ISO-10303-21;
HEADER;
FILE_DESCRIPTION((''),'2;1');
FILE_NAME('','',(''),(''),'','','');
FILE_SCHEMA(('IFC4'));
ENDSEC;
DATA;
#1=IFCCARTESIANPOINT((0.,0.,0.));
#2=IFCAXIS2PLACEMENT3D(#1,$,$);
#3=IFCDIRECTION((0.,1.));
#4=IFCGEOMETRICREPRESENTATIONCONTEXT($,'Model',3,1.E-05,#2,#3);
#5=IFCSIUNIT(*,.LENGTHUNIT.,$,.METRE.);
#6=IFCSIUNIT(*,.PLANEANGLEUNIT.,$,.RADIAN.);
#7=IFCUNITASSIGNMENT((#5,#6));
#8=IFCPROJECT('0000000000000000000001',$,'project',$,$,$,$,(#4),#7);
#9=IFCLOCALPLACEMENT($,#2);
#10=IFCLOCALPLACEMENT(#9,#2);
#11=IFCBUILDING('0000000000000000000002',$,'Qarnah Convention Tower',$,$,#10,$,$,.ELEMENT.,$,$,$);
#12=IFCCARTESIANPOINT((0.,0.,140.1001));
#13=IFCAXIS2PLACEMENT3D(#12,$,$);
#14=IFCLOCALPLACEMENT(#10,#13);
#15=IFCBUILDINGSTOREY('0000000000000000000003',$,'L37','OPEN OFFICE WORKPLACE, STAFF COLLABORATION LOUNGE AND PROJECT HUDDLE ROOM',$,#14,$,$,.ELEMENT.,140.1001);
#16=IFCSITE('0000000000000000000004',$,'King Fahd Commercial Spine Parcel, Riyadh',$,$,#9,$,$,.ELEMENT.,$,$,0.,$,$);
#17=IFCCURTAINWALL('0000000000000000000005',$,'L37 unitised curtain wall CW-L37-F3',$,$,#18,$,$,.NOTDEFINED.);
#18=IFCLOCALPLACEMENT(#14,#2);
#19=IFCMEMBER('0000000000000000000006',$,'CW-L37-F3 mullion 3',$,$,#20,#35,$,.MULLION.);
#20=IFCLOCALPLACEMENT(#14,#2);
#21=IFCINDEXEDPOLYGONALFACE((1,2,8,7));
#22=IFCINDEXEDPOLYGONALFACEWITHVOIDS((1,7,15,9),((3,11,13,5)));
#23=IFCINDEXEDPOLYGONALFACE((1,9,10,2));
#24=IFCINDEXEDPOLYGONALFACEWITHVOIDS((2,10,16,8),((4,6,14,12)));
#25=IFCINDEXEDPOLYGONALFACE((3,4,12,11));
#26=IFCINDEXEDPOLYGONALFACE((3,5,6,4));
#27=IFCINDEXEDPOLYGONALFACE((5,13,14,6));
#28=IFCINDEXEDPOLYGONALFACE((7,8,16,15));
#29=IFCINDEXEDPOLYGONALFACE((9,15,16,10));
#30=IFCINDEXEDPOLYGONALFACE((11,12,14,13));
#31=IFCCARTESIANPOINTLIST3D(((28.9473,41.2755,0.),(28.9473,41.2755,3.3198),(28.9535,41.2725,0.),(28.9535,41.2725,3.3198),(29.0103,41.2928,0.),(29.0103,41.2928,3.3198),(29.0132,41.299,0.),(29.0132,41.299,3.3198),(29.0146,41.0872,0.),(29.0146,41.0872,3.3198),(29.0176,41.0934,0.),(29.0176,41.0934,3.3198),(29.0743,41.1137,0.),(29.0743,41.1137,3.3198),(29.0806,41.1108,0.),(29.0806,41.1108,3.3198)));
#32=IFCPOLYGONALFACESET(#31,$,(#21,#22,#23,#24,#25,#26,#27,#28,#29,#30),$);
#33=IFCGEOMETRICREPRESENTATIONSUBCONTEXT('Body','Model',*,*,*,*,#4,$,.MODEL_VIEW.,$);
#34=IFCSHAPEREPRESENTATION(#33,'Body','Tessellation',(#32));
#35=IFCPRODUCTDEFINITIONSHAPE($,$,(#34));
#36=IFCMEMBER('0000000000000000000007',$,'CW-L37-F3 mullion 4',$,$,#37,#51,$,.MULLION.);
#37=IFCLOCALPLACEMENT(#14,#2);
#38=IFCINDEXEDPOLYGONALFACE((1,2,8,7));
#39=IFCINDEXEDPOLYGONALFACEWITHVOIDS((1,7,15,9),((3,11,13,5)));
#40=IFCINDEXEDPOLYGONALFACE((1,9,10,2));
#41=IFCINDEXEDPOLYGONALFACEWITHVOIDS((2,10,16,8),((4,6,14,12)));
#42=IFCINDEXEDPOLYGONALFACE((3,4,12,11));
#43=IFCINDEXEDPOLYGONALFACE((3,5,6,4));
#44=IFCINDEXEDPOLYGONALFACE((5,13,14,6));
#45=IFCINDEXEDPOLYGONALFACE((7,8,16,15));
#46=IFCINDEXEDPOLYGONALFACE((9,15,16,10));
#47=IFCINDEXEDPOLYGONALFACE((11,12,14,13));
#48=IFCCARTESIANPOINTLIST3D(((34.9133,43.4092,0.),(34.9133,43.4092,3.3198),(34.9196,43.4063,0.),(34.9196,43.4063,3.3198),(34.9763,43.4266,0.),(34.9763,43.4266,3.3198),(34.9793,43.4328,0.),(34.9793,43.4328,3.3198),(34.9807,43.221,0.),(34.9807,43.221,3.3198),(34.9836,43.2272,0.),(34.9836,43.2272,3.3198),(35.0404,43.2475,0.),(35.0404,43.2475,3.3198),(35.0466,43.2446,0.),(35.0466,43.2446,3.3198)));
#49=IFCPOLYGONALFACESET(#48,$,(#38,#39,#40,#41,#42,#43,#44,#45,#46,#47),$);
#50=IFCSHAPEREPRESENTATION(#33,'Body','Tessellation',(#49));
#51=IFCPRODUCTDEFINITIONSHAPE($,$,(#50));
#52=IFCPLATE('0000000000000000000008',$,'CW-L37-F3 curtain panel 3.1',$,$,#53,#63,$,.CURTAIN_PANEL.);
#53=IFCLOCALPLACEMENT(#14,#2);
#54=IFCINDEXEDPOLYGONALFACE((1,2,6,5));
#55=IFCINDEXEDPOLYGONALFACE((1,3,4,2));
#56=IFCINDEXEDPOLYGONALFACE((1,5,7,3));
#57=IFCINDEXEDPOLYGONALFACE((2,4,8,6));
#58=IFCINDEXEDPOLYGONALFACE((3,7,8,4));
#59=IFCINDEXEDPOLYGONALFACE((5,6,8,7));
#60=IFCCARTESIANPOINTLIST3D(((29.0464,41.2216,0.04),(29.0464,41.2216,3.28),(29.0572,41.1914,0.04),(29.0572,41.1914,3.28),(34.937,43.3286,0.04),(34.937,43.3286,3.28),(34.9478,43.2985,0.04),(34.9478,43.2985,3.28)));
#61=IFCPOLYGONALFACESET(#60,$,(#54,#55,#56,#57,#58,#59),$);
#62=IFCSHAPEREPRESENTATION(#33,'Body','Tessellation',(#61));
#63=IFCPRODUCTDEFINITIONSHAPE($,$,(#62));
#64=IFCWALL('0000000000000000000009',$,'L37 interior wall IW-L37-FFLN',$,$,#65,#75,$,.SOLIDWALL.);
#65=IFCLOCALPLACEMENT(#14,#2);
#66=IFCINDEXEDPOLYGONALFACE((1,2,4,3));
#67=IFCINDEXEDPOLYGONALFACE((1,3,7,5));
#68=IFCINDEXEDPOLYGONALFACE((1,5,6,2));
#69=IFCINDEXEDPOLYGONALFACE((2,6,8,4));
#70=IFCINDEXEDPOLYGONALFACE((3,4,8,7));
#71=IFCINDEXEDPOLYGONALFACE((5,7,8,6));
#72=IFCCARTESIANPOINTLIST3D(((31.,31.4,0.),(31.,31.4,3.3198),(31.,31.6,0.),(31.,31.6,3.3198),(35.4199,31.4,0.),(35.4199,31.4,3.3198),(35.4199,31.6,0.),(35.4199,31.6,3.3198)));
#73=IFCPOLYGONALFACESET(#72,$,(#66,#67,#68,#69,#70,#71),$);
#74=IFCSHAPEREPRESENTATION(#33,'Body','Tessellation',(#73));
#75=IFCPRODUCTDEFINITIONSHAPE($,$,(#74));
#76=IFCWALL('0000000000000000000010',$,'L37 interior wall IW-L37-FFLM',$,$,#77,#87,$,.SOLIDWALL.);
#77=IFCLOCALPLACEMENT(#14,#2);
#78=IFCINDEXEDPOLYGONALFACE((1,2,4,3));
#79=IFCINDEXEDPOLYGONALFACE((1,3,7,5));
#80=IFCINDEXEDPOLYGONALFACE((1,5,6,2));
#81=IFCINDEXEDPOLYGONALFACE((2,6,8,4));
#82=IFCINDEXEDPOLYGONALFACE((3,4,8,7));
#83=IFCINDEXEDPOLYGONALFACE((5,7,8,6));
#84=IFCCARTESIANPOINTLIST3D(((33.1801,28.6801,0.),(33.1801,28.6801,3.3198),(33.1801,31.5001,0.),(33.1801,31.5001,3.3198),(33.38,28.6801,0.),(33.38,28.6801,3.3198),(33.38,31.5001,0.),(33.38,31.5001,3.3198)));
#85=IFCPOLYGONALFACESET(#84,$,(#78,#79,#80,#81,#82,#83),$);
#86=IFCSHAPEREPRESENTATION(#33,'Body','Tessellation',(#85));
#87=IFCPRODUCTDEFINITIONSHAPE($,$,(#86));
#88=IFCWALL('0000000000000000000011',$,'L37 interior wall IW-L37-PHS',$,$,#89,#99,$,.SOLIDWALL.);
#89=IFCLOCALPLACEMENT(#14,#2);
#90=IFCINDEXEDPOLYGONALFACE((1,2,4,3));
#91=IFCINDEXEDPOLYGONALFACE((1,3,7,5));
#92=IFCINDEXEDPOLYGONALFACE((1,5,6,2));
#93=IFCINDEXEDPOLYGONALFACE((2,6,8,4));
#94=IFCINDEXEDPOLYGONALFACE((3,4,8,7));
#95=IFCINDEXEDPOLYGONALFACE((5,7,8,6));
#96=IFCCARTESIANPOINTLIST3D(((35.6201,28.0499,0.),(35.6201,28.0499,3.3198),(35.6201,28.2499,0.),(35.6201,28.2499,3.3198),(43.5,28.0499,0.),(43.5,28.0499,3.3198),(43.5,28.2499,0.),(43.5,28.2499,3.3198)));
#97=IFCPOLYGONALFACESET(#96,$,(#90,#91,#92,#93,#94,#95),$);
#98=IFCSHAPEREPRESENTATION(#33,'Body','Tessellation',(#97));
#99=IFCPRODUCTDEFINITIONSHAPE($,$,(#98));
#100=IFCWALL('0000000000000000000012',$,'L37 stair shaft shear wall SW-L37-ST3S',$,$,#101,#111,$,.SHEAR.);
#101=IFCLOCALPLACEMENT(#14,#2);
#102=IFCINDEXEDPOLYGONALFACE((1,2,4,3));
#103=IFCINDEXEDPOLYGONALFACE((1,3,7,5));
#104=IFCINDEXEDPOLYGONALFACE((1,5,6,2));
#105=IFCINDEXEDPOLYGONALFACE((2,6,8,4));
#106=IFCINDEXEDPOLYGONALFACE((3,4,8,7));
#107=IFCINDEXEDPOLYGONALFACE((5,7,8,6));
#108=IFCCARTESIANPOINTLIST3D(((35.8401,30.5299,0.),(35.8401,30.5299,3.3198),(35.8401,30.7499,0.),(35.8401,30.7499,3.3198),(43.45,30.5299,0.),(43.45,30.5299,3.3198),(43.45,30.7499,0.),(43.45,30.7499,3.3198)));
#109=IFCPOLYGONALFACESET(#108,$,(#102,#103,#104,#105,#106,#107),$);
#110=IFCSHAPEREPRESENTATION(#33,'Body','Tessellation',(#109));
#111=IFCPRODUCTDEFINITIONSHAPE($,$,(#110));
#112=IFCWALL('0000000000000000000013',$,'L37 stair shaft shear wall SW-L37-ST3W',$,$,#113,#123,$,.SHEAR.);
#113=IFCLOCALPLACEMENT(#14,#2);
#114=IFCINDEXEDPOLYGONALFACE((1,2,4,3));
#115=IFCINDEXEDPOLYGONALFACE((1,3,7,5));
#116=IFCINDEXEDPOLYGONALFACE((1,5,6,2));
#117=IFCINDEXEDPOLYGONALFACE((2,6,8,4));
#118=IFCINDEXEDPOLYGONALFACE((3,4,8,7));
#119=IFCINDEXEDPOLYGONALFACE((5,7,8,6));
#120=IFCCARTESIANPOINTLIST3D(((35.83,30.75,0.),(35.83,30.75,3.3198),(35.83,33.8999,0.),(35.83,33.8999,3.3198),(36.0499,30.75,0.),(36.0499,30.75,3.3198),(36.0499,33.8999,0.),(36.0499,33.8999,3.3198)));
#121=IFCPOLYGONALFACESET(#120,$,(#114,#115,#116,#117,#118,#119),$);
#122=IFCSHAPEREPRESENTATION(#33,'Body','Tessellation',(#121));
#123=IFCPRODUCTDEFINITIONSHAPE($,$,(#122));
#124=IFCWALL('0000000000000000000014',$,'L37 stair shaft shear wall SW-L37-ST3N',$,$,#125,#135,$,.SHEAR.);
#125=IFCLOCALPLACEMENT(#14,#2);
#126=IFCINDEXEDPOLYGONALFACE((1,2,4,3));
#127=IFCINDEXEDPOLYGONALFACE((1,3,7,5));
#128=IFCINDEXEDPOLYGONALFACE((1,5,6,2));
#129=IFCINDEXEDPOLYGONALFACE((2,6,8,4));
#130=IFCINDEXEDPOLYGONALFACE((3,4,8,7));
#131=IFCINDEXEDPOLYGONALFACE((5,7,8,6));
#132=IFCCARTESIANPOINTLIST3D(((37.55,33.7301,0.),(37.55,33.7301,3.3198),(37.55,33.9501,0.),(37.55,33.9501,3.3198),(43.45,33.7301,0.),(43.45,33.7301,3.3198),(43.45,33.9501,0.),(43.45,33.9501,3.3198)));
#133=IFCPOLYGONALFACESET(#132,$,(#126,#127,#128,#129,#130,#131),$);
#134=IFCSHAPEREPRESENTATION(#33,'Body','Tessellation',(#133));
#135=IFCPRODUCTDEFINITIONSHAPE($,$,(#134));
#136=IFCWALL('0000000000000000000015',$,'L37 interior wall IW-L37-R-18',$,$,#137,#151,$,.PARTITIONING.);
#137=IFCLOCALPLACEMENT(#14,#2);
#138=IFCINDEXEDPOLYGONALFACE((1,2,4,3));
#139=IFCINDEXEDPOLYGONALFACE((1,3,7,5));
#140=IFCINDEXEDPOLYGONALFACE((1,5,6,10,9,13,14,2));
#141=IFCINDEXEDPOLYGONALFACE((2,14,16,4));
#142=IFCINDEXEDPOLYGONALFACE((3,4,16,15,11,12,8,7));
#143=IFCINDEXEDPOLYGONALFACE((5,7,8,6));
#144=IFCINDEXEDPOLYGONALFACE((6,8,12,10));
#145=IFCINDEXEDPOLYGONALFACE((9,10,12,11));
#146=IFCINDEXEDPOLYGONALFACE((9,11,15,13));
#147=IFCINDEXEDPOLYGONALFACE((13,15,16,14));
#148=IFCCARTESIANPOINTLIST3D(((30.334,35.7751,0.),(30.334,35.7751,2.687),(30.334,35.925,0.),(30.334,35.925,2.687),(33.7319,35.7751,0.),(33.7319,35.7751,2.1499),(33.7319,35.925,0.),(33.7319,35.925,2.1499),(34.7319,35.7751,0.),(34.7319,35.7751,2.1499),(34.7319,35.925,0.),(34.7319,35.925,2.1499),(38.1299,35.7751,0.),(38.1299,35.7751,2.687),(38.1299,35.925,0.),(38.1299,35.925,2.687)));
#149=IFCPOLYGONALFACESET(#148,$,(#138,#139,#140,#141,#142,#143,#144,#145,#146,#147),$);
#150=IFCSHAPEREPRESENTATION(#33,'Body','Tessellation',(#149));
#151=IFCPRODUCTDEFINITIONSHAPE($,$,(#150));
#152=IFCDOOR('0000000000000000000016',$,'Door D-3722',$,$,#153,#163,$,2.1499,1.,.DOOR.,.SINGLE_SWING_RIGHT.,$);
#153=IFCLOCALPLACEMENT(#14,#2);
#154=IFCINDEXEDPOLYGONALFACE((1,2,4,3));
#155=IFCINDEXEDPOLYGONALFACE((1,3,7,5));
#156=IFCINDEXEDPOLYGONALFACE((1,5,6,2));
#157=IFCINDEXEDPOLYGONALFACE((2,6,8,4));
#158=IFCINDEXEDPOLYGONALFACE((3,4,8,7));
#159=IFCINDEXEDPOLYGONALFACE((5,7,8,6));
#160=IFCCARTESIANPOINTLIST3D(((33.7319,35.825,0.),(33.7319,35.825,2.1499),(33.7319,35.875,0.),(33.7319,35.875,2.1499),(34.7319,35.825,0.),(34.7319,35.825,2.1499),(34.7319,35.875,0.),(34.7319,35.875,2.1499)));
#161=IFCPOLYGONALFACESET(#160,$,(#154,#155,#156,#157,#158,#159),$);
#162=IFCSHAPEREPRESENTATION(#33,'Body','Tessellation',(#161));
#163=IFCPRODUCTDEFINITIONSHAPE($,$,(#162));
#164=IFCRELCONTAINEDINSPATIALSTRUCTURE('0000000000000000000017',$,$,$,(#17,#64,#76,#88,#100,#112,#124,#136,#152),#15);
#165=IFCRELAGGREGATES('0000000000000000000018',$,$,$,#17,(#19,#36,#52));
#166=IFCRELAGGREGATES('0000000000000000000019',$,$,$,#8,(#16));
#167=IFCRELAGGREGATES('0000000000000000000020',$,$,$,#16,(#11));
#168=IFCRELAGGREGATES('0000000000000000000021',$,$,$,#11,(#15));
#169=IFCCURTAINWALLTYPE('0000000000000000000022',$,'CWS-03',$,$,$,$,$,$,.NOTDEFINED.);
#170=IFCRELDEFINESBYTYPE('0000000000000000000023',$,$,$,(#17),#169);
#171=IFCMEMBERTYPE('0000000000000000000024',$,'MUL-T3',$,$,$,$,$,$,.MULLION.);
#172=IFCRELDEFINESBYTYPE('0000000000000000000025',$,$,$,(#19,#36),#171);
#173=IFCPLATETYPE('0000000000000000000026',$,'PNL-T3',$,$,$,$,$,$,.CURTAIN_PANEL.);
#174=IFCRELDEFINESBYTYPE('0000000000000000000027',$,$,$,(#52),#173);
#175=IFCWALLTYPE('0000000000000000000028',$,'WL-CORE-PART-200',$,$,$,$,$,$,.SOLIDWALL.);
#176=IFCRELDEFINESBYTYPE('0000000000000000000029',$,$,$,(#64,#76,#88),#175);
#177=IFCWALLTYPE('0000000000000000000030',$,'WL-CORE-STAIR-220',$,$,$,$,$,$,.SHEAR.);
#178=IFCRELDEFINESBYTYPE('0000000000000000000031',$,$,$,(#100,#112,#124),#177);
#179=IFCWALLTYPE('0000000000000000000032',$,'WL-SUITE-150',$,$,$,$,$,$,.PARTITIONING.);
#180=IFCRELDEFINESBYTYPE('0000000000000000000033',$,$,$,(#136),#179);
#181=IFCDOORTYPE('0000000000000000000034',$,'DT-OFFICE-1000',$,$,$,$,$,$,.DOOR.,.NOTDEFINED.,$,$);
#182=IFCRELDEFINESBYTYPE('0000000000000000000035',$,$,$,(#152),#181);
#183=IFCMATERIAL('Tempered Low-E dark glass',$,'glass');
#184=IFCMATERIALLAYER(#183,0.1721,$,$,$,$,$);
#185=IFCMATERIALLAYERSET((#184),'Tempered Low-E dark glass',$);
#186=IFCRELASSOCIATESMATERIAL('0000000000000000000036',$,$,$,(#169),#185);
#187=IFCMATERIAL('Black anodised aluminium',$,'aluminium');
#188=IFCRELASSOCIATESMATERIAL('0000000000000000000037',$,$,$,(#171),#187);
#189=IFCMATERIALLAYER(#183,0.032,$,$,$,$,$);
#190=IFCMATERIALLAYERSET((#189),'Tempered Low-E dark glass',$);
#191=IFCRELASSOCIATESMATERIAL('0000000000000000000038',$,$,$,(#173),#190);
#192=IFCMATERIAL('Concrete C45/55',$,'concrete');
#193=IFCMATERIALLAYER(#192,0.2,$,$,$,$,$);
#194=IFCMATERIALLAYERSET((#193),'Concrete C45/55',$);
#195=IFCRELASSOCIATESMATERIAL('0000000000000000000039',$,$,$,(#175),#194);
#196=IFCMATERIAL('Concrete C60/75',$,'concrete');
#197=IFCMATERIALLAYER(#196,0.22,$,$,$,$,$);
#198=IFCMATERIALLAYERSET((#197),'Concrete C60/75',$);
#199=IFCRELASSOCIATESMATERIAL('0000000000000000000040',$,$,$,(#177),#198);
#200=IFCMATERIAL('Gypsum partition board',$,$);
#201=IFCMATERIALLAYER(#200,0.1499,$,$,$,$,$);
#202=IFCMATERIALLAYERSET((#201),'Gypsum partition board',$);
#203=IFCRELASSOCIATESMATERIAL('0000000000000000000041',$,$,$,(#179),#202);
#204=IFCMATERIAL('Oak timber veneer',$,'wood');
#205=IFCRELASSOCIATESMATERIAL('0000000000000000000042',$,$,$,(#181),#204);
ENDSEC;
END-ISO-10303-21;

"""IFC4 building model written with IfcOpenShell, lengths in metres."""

from ifc_helpers import new_model, si_unit, direction, frame, frame_2d, origin, origin_2d, place, context, subcontext, project, spatial, rectangle, hollow_rectangle, extrude, material, layer, layer_set, material_profile, profile_set, type_object, element, fill, aggregate, save


model = new_model("IFC4")

# Units and contexts
model_context = context("Model", 3, precision=1e-05, world=origin(), true_north=direction((0.0, 1.0)))
body_context = subcontext(model_context, "Body", "Model", "MODEL_VIEW")
ifc_project = project(units=[si_unit("LENGTHUNIT", "METRE"), si_unit("PLANEANGLEUNIT", "RADIAN")], contexts=[model_context])

# Site, building, storey
site_placement = place(None, origin())
site = spatial("IfcSite", under=ifc_project, at=site_placement, Name="King Fahd Commercial Spine Parcel, Riyadh", CompositionType="ELEMENT", RefElevation=0.0)
building_placement = place(site_placement, origin())
building = spatial("IfcBuilding", under=site, at=building_placement, Name="Qarnah Convention Tower", CompositionType="ELEMENT")
storey_placement = place(building_placement, frame((0.0, 0.0, 140.1001)))
storey = spatial("IfcBuildingStorey", under=building, at=storey_placement, Name="L37", Description="OPEN OFFICE WORKPLACE, STAFF COLLABORATION LOUNGE AND PROJECT HUDDLE ROOM", CompositionType="ELEMENT", Elevation=140.1001)

# Shared definitions
ifc_material_1 = material(Name="Concrete C60/75", Category="concrete")

# Curtain wall, members, plate
ifc_material_2 = material(Name="Tempered Low-E dark glass", Category="glass")
ifc_layer_1 = layer(ifc_material_2, 0.1721)
ifc_layer_set_1 = layer_set([ifc_layer_1], Name="Tempered Low-E dark glass")
curtain_wall_type = type_object("IfcCurtainWallType", Name="CWS-03", PredefinedType="NOTDEFINED", material=ifc_layer_set_1)
curtain_wall_placement = place(storey_placement, origin())
curtain_wall = element("IfcCurtainWall", 1, at=curtain_wall_placement, inside=storey, type_object=curtain_wall_type, Name="L37 unitised curtain wall CW-L37-F3", PredefinedType="NOTDEFINED")
ifc_material_3 = material(Name="Black anodised aluminium", Category="aluminium")
ifc_material_profile_1 = material_profile(ifc_material_3, hollow_rectangle(XDim=0.0701, YDim=0.2, WallThickness=0.0049, at=origin_2d()), Name="MUL-70X200")
ifc_profile_set_1 = profile_set([ifc_material_profile_1], Name="Black anodised aluminium")
member_type = type_object("IfcMemberType", Name="MUL-T3", PredefinedType="MULLION", material=ifc_profile_set_1)
member_1_placement = place(storey_placement, frame((29.0139, 41.1931, 0.0), z_axis=(0.0, 0.0, 1.0), x_axis=(0.941578, 0.336796, 0.0)))
member_1 = element("IfcMember", 2, at=member_1_placement, type_object=member_type, Name="CW-L37-F3 mullion 3", PredefinedType="MULLION", context=body_context, shape_type="SweptSolid", body=[
    extrude(hollow_rectangle(XDim=0.0701, YDim=0.2, WallThickness=0.0049, at=origin_2d()), origin(), (0.0, 0.0, 1.0), 3.3198),
])
member_2_placement = place(storey_placement, frame((34.98, 43.3269, 0.0), z_axis=(0.0, 0.0, 1.0), x_axis=(0.941578, 0.336796, 0.0)))
member_2 = element("IfcMember", 3, at=member_2_placement, type_object=member_type, Name="CW-L37-F3 mullion 4", PredefinedType="MULLION", context=body_context, shape_type="SweptSolid", body=[
    extrude(hollow_rectangle(XDim=0.0701, YDim=0.2, WallThickness=0.0049, at=origin_2d()), origin(), (0.0, 0.0, 1.0), 3.3198),
])
ifc_layer_2 = layer(ifc_material_2, 0.032)
ifc_layer_set_2 = layer_set([ifc_layer_2], Name="Tempered Low-E dark glass")
plate_type = type_object("IfcPlateType", Name="PNL-T3", PredefinedType="CURTAIN_PANEL", material=ifc_layer_set_2)
plate_placement = place(storey_placement, frame((31.9971, 42.26, 0.04), z_axis=(0.0, 0.0, 1.0), x_axis=(0.941578, 0.336796, 0.0)))
plate = element("IfcPlate", 4, at=plate_placement, type_object=plate_type, Name="CW-L37-F3 curtain panel 3.1", PredefinedType="CURTAIN_PANEL", context=body_context, shape_type="SweptSolid", body=[
    extrude(rectangle(XDim=6.2561, YDim=0.032, at=origin_2d()), origin(), (0.0, 0.0, 1.0), 3.24),
])
aggregate(curtain_wall, [member_1, member_2, plate])

# Shared definitions
ifc_material_4 = material(Name="Concrete C45/55", Category="concrete")
ifc_layer_3 = layer(ifc_material_4, 0.2)
ifc_layer_set_3 = layer_set([ifc_layer_3], Name="Concrete C45/55")
wall_type_1 = type_object("IfcWallType", Name="WL-CORE-PART-200", PredefinedType="SOLIDWALL", material=ifc_layer_set_3)

# Walls
wall_1_placement = place(storey_placement, frame((31.0, 31.5, 0.0), z_axis=(0.0, 0.0, 1.0), x_axis=(1.0, 0.0, 0.0)))
element("IfcWall", 5, at=wall_1_placement, inside=storey, type_object=wall_type_1, Name="L37 interior wall IW-L37-FFLN", PredefinedType="SOLIDWALL", context=body_context, shape_type="SweptSolid", body=[
    extrude(rectangle(XDim=4.4199, YDim=0.2, at=frame_2d((2.21, 0.0))), origin(), (0.0, 0.0, 1.0), 3.3198),
])
wall_2_placement = place(storey_placement, frame((33.28, 28.6799, 0.0), z_axis=(0.0, 0.0, 1.0), x_axis=(0.0, 1.0, 0.0)))
element("IfcWall", 6, at=wall_2_placement, inside=storey, type_object=wall_type_1, Name="L37 interior wall IW-L37-FFLM", PredefinedType="SOLIDWALL", context=body_context, shape_type="SweptSolid", body=[
    extrude(rectangle(XDim=2.8201, YDim=0.2, at=frame_2d((1.4102, 0.0))), origin(), (0.0, 0.0, 1.0), 3.3198),
])
wall_3_placement = place(storey_placement, frame((35.6201, 28.1499, 0.0), z_axis=(0.0, 0.0, 1.0), x_axis=(1.0, 0.0, 0.0)))
element("IfcWall", 7, at=wall_3_placement, inside=storey, type_object=wall_type_1, Name="L37 interior wall IW-L37-PHS", PredefinedType="SOLIDWALL", context=body_context, shape_type="SweptSolid", body=[
    extrude(rectangle(XDim=7.8799, YDim=0.2, at=frame_2d((3.9399, 0.0))), origin(), (0.0, 0.0, 1.0), 3.3198),
])

# Walls
ifc_layer_4 = layer(ifc_material_1, 0.22)
ifc_layer_set_4 = layer_set([ifc_layer_4], Name="Concrete C60/75")
wall_type_2 = type_object("IfcWallType", Name="WL-CORE-STAIR-220", PredefinedType="SHEAR", material=ifc_layer_set_4)
wall_4_placement = place(storey_placement, frame((35.8401, 30.6399, 0.0), z_axis=(0.0, 0.0, 1.0), x_axis=(1.0, 0.0, 0.0)))
element("IfcWall", 8, at=wall_4_placement, inside=storey, type_object=wall_type_2, Name="L37 stair shaft shear wall SW-L37-ST3S", PredefinedType="SHEAR", context=body_context, shape_type="SweptSolid", body=[
    extrude(rectangle(XDim=7.6099, YDim=0.22, at=frame_2d((3.8049, 0.0))), origin(), (0.0, 0.0, 1.0), 3.3198),
])
wall_5_placement = place(storey_placement, frame((35.9399, 30.75, 0.0), z_axis=(0.0, 0.0, 1.0), x_axis=(0.0, 1.0, 0.0)))
element("IfcWall", 9, at=wall_5_placement, inside=storey, type_object=wall_type_2, Name="L37 stair shaft shear wall SW-L37-ST3W", PredefinedType="SHEAR", context=body_context, shape_type="SweptSolid", body=[
    extrude(rectangle(XDim=3.1499, YDim=0.22, at=frame_2d((1.575, 0.0))), origin(), (0.0, 0.0, 1.0), 3.3198),
])
wall_6_placement = place(storey_placement, frame((37.55, 33.8401, 0.0), z_axis=(0.0, 0.0, 1.0), x_axis=(1.0, 0.0, 0.0)))
element("IfcWall", 10, at=wall_6_placement, inside=storey, type_object=wall_type_2, Name="L37 stair shaft shear wall SW-L37-ST3N", PredefinedType="SHEAR", context=body_context, shape_type="SweptSolid", body=[
    extrude(rectangle(XDim=5.8999, YDim=0.22, at=frame_2d((2.95, 0.0))), origin(), (0.0, 0.0, 1.0), 3.3198),
])

# Wall, opening, door
ifc_material_5 = material(Name="Gypsum partition board")
ifc_layer_5 = layer(ifc_material_5, 0.1499)
ifc_layer_set_5 = layer_set([ifc_layer_5], Name="Gypsum partition board")
wall_type_3 = type_object("IfcWallType", Name="WL-SUITE-150", PredefinedType="PARTITIONING", material=ifc_layer_set_5)
wall_7_placement = place(storey_placement, frame((30.334, 35.8501, 0.0), z_axis=(0.0, 0.0, 1.0), x_axis=(1.0, 0.0, 0.0)))
wall_7 = element("IfcWall", 11, at=wall_7_placement, inside=storey, type_object=wall_type_3, Name="L37 interior wall IW-L37-R-18", PredefinedType="PARTITIONING", context=body_context, shape_type="SweptSolid", body=[
    extrude(rectangle(XDim=7.7959, YDim=0.1499, at=frame_2d((3.8979, 0.0))), origin(), (0.0, 0.0, 1.0), 2.687),
])
opening_1_placement = place(wall_7_placement, frame((3.3979, 0.0, 0.0)))
opening_1 = element("IfcOpeningElement", 12, at=opening_1_placement, cuts=wall_7, PredefinedType="OPENING", context=body_context, shape_type="SweptSolid", body=[
    extrude(rectangle(XDim=1.0, YDim=2.1499, at=frame_2d((0.5, 1.075))), frame((0.0, 0.085, 0.0), z_axis=(0.0, -1.0, 0.0), x_axis=(1.0, 0.0, 0.0)), (0.0, 0.0, 1.0), 0.1699),
])
ifc_material_6 = material(Name="Oak timber veneer", Category="wood")
door_type_1 = type_object("IfcDoorType", Name="DT-OFFICE-1000", OperationType="NOTDEFINED", PredefinedType="DOOR", material=ifc_material_6)
door_1_placement = place(opening_1_placement, origin())
door_1 = element("IfcDoor", 13, at=door_1_placement, inside=storey, type_object=door_type_1, Name="Door D-3722", OperationType="SINGLE_SWING_RIGHT", OverallHeight=2.1499, OverallWidth=1.0, PredefinedType="DOOR", context=body_context, shape_type="SweptSolid", body=[
    extrude(rectangle(XDim=1.0, YDim=2.1499, at=frame_2d((0.5, 1.075))), frame((0.0, 0.0249, 0.0), z_axis=(0.0, -1.0, 0.0), x_axis=(1.0, 0.0, 0.0)), (0.0, 0.0, 1.0), 0.05),
])
fill(opening_1, door_1)

save(model, "model.ifc")
